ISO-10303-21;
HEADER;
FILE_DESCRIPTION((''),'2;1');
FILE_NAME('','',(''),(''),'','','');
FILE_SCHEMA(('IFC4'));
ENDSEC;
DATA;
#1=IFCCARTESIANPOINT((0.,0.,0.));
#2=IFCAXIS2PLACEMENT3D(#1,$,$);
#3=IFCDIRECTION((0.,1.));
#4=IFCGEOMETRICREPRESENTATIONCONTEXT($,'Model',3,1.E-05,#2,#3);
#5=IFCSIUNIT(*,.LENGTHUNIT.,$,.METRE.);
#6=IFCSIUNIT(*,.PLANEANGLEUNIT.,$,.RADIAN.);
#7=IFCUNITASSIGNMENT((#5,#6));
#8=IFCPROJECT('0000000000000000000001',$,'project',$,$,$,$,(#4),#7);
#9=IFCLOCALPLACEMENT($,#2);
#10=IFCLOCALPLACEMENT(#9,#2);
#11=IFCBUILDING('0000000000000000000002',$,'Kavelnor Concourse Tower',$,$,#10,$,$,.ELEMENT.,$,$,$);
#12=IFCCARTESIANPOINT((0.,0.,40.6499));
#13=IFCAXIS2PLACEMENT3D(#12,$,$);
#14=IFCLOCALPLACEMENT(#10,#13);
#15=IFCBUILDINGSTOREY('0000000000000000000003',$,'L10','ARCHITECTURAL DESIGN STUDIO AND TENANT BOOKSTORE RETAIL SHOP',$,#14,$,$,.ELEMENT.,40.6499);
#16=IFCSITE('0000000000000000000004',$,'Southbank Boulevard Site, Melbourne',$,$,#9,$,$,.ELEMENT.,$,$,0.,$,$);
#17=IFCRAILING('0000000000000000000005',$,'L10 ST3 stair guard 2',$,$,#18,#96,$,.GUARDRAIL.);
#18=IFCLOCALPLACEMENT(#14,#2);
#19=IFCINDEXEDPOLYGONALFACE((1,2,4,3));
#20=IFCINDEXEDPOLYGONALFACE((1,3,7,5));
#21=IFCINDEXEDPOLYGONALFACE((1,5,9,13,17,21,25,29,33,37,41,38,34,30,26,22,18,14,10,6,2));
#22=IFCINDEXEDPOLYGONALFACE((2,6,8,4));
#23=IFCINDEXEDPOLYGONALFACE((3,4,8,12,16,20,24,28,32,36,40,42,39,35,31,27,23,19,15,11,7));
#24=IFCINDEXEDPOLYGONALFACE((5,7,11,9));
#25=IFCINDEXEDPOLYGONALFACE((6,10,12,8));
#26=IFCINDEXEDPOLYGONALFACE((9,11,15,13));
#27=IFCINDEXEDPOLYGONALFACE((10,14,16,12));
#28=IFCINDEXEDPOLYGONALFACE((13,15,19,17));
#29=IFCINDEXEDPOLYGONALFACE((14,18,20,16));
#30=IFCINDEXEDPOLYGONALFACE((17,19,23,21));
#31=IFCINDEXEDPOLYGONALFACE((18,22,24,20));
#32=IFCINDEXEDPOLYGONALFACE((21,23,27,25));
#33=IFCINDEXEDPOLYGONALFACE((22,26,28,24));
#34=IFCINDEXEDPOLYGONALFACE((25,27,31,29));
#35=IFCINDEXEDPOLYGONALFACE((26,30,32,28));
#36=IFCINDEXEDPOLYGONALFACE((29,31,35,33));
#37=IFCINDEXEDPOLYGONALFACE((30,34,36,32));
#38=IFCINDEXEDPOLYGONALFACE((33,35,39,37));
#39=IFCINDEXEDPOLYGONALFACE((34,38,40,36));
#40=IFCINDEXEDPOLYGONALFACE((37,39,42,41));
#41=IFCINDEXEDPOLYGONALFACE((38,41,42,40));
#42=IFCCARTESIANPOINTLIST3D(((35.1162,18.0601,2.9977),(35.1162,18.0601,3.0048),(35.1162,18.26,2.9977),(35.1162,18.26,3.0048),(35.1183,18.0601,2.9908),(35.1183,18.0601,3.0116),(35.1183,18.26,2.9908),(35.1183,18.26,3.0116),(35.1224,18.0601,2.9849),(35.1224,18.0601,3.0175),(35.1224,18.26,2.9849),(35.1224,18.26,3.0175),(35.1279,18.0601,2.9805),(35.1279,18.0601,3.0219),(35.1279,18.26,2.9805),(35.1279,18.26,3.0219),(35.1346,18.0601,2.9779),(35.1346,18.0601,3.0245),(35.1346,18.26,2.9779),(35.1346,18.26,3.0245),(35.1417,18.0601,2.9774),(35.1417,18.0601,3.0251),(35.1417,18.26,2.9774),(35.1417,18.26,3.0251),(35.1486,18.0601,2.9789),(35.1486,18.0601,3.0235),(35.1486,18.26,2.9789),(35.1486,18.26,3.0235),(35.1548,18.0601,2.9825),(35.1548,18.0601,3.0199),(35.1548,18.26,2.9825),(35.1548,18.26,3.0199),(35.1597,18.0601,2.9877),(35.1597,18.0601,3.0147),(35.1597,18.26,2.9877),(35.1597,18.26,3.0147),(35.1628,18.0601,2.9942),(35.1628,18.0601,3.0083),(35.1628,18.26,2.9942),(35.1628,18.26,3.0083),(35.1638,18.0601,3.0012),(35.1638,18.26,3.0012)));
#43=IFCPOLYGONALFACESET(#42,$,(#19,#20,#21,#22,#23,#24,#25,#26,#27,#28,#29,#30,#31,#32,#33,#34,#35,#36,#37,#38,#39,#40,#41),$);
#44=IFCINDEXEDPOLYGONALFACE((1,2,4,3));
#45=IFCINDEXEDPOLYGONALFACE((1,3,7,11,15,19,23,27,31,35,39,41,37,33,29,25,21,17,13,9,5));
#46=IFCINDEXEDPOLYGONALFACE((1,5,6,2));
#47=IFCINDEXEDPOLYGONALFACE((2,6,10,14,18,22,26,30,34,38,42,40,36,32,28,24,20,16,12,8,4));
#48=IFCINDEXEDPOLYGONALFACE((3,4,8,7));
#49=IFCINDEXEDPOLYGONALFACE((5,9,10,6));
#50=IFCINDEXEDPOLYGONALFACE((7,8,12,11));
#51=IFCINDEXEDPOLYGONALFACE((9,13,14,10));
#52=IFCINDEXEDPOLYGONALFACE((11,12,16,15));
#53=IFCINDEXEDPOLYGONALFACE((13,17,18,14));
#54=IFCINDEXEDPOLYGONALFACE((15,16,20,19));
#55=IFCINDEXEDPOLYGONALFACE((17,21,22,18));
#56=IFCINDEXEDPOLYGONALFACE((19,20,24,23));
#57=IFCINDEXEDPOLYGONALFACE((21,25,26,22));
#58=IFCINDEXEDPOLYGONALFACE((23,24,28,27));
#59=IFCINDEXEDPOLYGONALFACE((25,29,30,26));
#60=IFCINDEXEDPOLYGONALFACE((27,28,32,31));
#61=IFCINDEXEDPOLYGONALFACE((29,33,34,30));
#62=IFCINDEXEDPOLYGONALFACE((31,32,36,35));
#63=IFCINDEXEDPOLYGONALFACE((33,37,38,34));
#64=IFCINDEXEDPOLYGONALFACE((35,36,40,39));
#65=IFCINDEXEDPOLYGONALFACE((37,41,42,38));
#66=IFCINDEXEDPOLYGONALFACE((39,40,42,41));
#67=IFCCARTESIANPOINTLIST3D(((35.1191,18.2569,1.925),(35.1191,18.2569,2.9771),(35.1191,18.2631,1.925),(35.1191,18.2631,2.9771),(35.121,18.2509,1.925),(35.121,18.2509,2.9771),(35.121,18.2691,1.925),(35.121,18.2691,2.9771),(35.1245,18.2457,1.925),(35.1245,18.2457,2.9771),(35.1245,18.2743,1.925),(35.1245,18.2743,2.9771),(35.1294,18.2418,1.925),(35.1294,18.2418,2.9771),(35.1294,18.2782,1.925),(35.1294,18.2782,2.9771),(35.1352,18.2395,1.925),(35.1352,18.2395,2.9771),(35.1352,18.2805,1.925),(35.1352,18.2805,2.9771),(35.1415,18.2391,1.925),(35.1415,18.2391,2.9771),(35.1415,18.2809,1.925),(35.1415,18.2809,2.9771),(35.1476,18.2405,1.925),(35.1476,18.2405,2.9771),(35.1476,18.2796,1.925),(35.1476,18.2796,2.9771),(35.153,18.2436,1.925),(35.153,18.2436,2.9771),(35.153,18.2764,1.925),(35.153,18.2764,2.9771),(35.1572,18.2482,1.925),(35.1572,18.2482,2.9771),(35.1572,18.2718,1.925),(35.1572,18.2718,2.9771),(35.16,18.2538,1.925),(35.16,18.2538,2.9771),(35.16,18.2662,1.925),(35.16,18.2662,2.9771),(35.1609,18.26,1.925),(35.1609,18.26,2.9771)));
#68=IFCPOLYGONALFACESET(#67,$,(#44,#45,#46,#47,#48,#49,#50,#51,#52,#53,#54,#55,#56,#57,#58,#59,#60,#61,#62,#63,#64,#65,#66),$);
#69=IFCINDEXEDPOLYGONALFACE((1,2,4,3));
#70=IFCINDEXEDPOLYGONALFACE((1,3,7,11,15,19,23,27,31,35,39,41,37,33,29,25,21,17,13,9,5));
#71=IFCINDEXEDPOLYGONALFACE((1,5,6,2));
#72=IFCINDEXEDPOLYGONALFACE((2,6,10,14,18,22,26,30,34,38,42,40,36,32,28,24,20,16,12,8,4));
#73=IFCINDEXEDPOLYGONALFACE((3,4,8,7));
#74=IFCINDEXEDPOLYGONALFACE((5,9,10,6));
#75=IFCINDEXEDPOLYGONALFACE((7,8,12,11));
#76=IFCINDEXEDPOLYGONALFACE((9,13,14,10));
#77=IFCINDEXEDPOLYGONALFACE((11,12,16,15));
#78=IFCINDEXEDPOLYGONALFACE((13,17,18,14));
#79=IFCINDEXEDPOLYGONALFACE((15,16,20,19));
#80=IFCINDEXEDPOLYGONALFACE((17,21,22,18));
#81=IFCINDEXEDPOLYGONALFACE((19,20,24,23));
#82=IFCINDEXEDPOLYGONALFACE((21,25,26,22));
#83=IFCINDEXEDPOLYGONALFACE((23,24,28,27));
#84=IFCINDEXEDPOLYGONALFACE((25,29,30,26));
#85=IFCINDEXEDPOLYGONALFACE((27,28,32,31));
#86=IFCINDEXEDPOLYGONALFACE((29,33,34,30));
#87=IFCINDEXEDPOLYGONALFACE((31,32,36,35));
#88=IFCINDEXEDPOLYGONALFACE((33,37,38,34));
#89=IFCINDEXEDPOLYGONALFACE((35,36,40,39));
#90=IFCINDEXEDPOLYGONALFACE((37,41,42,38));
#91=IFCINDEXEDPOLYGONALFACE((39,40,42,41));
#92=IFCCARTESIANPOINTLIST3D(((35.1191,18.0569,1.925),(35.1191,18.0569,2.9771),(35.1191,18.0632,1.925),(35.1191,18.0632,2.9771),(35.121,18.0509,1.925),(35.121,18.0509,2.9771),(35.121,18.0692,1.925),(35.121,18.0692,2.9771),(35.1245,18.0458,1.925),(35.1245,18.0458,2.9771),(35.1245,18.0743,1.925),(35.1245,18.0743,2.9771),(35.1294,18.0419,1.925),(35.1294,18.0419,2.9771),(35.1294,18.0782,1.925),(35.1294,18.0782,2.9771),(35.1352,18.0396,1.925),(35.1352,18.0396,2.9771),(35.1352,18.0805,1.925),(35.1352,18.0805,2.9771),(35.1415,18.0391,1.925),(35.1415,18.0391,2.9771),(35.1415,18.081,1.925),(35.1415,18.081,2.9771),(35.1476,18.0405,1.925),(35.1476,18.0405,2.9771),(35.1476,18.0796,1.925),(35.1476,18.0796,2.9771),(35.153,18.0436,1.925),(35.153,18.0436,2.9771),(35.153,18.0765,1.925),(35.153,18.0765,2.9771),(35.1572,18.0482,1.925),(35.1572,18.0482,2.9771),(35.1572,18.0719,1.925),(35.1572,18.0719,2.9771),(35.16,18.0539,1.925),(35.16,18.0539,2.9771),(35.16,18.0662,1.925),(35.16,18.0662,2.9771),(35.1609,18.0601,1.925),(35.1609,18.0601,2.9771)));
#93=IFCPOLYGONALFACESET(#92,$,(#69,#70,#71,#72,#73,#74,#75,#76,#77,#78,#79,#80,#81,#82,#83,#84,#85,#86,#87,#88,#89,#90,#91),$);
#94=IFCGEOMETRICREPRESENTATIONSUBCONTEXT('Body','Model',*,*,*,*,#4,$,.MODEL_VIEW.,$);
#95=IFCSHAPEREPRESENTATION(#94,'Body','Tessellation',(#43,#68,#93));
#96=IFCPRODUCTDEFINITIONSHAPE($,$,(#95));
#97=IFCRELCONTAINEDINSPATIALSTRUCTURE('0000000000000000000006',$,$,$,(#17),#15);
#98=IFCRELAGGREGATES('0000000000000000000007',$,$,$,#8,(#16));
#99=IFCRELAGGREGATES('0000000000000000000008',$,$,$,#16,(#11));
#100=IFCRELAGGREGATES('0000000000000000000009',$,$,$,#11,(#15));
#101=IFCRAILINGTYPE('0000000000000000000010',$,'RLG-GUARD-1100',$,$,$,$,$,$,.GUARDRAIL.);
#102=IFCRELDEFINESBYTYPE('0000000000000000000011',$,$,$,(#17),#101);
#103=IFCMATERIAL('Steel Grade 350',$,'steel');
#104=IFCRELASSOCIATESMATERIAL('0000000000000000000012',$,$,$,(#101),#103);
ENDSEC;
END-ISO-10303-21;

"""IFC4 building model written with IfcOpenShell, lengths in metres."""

from ifc_helpers import new_model, si_unit, direction, frame, origin, origin_2d, place, context, subcontext, project, spatial, circle, extrude, material, type_object, element, save


model = new_model("IFC4")

# Units and contexts
model_context = context("Model", 3, precision=1e-05, world=origin(), true_north=direction((0.0, 1.0)))
body_context = subcontext(model_context, "Body", "Model", "MODEL_VIEW")
ifc_project = project(units=[si_unit("LENGTHUNIT", "METRE"), si_unit("PLANEANGLEUNIT", "RADIAN")], contexts=[model_context])

# Site, building, storey
site_placement = place(None, origin())
site = spatial("IfcSite", under=ifc_project, at=site_placement, Name="Southbank Boulevard Site, Melbourne", CompositionType="ELEMENT", RefElevation=0.0)
building_placement = place(site_placement, origin())
building = spatial("IfcBuilding", under=site, at=building_placement, Name="Kavelnor Concourse Tower", CompositionType="ELEMENT")
storey_placement = place(building_placement, frame((0.0, 0.0, 40.6499)))
storey = spatial("IfcBuildingStorey", under=building, at=storey_placement, Name="L10", Description="ARCHITECTURAL DESIGN STUDIO AND TENANT BOOKSTORE RETAIL SHOP", CompositionType="ELEMENT", Elevation=40.6499)

# Shared definitions
ifc_material_1 = material(Name="Steel Grade 350", Category="steel")

# Railing
railing_type_1 = type_object("IfcRailingType", Name="RLG-GUARD-1100", PredefinedType="GUARDRAIL", material=ifc_material_1)
railing_1_placement = place(storey_placement, frame((35.1399, 18.26, 1.925)))
element("IfcRailing", 1, at=railing_1_placement, inside=storey, type_object=railing_type_1, Name="L10 ST3 stair guard 2", PredefinedType="GUARDRAIL", context=body_context, shape_type="SweptSolid", body=[
    extrude(circle(Radius=0.0239, at=origin_2d()), frame((0.0, 0.0, 1.0762), z_axis=(0.0, -1.0, 0.0), x_axis=(1.0, 0.0, 0.0)), (0.0, 0.0, 1.0), 0.2),
    extrude(circle(Radius=0.021, at=origin_2d()), origin(), (0.0, 0.0, 1.0), 1.052),
    extrude(circle(Radius=0.021, at=origin_2d()), frame((0.0, -0.2, 0.0)), (0.0, 0.0, 1.0), 1.052),
])

save(model, "model.ifc")
